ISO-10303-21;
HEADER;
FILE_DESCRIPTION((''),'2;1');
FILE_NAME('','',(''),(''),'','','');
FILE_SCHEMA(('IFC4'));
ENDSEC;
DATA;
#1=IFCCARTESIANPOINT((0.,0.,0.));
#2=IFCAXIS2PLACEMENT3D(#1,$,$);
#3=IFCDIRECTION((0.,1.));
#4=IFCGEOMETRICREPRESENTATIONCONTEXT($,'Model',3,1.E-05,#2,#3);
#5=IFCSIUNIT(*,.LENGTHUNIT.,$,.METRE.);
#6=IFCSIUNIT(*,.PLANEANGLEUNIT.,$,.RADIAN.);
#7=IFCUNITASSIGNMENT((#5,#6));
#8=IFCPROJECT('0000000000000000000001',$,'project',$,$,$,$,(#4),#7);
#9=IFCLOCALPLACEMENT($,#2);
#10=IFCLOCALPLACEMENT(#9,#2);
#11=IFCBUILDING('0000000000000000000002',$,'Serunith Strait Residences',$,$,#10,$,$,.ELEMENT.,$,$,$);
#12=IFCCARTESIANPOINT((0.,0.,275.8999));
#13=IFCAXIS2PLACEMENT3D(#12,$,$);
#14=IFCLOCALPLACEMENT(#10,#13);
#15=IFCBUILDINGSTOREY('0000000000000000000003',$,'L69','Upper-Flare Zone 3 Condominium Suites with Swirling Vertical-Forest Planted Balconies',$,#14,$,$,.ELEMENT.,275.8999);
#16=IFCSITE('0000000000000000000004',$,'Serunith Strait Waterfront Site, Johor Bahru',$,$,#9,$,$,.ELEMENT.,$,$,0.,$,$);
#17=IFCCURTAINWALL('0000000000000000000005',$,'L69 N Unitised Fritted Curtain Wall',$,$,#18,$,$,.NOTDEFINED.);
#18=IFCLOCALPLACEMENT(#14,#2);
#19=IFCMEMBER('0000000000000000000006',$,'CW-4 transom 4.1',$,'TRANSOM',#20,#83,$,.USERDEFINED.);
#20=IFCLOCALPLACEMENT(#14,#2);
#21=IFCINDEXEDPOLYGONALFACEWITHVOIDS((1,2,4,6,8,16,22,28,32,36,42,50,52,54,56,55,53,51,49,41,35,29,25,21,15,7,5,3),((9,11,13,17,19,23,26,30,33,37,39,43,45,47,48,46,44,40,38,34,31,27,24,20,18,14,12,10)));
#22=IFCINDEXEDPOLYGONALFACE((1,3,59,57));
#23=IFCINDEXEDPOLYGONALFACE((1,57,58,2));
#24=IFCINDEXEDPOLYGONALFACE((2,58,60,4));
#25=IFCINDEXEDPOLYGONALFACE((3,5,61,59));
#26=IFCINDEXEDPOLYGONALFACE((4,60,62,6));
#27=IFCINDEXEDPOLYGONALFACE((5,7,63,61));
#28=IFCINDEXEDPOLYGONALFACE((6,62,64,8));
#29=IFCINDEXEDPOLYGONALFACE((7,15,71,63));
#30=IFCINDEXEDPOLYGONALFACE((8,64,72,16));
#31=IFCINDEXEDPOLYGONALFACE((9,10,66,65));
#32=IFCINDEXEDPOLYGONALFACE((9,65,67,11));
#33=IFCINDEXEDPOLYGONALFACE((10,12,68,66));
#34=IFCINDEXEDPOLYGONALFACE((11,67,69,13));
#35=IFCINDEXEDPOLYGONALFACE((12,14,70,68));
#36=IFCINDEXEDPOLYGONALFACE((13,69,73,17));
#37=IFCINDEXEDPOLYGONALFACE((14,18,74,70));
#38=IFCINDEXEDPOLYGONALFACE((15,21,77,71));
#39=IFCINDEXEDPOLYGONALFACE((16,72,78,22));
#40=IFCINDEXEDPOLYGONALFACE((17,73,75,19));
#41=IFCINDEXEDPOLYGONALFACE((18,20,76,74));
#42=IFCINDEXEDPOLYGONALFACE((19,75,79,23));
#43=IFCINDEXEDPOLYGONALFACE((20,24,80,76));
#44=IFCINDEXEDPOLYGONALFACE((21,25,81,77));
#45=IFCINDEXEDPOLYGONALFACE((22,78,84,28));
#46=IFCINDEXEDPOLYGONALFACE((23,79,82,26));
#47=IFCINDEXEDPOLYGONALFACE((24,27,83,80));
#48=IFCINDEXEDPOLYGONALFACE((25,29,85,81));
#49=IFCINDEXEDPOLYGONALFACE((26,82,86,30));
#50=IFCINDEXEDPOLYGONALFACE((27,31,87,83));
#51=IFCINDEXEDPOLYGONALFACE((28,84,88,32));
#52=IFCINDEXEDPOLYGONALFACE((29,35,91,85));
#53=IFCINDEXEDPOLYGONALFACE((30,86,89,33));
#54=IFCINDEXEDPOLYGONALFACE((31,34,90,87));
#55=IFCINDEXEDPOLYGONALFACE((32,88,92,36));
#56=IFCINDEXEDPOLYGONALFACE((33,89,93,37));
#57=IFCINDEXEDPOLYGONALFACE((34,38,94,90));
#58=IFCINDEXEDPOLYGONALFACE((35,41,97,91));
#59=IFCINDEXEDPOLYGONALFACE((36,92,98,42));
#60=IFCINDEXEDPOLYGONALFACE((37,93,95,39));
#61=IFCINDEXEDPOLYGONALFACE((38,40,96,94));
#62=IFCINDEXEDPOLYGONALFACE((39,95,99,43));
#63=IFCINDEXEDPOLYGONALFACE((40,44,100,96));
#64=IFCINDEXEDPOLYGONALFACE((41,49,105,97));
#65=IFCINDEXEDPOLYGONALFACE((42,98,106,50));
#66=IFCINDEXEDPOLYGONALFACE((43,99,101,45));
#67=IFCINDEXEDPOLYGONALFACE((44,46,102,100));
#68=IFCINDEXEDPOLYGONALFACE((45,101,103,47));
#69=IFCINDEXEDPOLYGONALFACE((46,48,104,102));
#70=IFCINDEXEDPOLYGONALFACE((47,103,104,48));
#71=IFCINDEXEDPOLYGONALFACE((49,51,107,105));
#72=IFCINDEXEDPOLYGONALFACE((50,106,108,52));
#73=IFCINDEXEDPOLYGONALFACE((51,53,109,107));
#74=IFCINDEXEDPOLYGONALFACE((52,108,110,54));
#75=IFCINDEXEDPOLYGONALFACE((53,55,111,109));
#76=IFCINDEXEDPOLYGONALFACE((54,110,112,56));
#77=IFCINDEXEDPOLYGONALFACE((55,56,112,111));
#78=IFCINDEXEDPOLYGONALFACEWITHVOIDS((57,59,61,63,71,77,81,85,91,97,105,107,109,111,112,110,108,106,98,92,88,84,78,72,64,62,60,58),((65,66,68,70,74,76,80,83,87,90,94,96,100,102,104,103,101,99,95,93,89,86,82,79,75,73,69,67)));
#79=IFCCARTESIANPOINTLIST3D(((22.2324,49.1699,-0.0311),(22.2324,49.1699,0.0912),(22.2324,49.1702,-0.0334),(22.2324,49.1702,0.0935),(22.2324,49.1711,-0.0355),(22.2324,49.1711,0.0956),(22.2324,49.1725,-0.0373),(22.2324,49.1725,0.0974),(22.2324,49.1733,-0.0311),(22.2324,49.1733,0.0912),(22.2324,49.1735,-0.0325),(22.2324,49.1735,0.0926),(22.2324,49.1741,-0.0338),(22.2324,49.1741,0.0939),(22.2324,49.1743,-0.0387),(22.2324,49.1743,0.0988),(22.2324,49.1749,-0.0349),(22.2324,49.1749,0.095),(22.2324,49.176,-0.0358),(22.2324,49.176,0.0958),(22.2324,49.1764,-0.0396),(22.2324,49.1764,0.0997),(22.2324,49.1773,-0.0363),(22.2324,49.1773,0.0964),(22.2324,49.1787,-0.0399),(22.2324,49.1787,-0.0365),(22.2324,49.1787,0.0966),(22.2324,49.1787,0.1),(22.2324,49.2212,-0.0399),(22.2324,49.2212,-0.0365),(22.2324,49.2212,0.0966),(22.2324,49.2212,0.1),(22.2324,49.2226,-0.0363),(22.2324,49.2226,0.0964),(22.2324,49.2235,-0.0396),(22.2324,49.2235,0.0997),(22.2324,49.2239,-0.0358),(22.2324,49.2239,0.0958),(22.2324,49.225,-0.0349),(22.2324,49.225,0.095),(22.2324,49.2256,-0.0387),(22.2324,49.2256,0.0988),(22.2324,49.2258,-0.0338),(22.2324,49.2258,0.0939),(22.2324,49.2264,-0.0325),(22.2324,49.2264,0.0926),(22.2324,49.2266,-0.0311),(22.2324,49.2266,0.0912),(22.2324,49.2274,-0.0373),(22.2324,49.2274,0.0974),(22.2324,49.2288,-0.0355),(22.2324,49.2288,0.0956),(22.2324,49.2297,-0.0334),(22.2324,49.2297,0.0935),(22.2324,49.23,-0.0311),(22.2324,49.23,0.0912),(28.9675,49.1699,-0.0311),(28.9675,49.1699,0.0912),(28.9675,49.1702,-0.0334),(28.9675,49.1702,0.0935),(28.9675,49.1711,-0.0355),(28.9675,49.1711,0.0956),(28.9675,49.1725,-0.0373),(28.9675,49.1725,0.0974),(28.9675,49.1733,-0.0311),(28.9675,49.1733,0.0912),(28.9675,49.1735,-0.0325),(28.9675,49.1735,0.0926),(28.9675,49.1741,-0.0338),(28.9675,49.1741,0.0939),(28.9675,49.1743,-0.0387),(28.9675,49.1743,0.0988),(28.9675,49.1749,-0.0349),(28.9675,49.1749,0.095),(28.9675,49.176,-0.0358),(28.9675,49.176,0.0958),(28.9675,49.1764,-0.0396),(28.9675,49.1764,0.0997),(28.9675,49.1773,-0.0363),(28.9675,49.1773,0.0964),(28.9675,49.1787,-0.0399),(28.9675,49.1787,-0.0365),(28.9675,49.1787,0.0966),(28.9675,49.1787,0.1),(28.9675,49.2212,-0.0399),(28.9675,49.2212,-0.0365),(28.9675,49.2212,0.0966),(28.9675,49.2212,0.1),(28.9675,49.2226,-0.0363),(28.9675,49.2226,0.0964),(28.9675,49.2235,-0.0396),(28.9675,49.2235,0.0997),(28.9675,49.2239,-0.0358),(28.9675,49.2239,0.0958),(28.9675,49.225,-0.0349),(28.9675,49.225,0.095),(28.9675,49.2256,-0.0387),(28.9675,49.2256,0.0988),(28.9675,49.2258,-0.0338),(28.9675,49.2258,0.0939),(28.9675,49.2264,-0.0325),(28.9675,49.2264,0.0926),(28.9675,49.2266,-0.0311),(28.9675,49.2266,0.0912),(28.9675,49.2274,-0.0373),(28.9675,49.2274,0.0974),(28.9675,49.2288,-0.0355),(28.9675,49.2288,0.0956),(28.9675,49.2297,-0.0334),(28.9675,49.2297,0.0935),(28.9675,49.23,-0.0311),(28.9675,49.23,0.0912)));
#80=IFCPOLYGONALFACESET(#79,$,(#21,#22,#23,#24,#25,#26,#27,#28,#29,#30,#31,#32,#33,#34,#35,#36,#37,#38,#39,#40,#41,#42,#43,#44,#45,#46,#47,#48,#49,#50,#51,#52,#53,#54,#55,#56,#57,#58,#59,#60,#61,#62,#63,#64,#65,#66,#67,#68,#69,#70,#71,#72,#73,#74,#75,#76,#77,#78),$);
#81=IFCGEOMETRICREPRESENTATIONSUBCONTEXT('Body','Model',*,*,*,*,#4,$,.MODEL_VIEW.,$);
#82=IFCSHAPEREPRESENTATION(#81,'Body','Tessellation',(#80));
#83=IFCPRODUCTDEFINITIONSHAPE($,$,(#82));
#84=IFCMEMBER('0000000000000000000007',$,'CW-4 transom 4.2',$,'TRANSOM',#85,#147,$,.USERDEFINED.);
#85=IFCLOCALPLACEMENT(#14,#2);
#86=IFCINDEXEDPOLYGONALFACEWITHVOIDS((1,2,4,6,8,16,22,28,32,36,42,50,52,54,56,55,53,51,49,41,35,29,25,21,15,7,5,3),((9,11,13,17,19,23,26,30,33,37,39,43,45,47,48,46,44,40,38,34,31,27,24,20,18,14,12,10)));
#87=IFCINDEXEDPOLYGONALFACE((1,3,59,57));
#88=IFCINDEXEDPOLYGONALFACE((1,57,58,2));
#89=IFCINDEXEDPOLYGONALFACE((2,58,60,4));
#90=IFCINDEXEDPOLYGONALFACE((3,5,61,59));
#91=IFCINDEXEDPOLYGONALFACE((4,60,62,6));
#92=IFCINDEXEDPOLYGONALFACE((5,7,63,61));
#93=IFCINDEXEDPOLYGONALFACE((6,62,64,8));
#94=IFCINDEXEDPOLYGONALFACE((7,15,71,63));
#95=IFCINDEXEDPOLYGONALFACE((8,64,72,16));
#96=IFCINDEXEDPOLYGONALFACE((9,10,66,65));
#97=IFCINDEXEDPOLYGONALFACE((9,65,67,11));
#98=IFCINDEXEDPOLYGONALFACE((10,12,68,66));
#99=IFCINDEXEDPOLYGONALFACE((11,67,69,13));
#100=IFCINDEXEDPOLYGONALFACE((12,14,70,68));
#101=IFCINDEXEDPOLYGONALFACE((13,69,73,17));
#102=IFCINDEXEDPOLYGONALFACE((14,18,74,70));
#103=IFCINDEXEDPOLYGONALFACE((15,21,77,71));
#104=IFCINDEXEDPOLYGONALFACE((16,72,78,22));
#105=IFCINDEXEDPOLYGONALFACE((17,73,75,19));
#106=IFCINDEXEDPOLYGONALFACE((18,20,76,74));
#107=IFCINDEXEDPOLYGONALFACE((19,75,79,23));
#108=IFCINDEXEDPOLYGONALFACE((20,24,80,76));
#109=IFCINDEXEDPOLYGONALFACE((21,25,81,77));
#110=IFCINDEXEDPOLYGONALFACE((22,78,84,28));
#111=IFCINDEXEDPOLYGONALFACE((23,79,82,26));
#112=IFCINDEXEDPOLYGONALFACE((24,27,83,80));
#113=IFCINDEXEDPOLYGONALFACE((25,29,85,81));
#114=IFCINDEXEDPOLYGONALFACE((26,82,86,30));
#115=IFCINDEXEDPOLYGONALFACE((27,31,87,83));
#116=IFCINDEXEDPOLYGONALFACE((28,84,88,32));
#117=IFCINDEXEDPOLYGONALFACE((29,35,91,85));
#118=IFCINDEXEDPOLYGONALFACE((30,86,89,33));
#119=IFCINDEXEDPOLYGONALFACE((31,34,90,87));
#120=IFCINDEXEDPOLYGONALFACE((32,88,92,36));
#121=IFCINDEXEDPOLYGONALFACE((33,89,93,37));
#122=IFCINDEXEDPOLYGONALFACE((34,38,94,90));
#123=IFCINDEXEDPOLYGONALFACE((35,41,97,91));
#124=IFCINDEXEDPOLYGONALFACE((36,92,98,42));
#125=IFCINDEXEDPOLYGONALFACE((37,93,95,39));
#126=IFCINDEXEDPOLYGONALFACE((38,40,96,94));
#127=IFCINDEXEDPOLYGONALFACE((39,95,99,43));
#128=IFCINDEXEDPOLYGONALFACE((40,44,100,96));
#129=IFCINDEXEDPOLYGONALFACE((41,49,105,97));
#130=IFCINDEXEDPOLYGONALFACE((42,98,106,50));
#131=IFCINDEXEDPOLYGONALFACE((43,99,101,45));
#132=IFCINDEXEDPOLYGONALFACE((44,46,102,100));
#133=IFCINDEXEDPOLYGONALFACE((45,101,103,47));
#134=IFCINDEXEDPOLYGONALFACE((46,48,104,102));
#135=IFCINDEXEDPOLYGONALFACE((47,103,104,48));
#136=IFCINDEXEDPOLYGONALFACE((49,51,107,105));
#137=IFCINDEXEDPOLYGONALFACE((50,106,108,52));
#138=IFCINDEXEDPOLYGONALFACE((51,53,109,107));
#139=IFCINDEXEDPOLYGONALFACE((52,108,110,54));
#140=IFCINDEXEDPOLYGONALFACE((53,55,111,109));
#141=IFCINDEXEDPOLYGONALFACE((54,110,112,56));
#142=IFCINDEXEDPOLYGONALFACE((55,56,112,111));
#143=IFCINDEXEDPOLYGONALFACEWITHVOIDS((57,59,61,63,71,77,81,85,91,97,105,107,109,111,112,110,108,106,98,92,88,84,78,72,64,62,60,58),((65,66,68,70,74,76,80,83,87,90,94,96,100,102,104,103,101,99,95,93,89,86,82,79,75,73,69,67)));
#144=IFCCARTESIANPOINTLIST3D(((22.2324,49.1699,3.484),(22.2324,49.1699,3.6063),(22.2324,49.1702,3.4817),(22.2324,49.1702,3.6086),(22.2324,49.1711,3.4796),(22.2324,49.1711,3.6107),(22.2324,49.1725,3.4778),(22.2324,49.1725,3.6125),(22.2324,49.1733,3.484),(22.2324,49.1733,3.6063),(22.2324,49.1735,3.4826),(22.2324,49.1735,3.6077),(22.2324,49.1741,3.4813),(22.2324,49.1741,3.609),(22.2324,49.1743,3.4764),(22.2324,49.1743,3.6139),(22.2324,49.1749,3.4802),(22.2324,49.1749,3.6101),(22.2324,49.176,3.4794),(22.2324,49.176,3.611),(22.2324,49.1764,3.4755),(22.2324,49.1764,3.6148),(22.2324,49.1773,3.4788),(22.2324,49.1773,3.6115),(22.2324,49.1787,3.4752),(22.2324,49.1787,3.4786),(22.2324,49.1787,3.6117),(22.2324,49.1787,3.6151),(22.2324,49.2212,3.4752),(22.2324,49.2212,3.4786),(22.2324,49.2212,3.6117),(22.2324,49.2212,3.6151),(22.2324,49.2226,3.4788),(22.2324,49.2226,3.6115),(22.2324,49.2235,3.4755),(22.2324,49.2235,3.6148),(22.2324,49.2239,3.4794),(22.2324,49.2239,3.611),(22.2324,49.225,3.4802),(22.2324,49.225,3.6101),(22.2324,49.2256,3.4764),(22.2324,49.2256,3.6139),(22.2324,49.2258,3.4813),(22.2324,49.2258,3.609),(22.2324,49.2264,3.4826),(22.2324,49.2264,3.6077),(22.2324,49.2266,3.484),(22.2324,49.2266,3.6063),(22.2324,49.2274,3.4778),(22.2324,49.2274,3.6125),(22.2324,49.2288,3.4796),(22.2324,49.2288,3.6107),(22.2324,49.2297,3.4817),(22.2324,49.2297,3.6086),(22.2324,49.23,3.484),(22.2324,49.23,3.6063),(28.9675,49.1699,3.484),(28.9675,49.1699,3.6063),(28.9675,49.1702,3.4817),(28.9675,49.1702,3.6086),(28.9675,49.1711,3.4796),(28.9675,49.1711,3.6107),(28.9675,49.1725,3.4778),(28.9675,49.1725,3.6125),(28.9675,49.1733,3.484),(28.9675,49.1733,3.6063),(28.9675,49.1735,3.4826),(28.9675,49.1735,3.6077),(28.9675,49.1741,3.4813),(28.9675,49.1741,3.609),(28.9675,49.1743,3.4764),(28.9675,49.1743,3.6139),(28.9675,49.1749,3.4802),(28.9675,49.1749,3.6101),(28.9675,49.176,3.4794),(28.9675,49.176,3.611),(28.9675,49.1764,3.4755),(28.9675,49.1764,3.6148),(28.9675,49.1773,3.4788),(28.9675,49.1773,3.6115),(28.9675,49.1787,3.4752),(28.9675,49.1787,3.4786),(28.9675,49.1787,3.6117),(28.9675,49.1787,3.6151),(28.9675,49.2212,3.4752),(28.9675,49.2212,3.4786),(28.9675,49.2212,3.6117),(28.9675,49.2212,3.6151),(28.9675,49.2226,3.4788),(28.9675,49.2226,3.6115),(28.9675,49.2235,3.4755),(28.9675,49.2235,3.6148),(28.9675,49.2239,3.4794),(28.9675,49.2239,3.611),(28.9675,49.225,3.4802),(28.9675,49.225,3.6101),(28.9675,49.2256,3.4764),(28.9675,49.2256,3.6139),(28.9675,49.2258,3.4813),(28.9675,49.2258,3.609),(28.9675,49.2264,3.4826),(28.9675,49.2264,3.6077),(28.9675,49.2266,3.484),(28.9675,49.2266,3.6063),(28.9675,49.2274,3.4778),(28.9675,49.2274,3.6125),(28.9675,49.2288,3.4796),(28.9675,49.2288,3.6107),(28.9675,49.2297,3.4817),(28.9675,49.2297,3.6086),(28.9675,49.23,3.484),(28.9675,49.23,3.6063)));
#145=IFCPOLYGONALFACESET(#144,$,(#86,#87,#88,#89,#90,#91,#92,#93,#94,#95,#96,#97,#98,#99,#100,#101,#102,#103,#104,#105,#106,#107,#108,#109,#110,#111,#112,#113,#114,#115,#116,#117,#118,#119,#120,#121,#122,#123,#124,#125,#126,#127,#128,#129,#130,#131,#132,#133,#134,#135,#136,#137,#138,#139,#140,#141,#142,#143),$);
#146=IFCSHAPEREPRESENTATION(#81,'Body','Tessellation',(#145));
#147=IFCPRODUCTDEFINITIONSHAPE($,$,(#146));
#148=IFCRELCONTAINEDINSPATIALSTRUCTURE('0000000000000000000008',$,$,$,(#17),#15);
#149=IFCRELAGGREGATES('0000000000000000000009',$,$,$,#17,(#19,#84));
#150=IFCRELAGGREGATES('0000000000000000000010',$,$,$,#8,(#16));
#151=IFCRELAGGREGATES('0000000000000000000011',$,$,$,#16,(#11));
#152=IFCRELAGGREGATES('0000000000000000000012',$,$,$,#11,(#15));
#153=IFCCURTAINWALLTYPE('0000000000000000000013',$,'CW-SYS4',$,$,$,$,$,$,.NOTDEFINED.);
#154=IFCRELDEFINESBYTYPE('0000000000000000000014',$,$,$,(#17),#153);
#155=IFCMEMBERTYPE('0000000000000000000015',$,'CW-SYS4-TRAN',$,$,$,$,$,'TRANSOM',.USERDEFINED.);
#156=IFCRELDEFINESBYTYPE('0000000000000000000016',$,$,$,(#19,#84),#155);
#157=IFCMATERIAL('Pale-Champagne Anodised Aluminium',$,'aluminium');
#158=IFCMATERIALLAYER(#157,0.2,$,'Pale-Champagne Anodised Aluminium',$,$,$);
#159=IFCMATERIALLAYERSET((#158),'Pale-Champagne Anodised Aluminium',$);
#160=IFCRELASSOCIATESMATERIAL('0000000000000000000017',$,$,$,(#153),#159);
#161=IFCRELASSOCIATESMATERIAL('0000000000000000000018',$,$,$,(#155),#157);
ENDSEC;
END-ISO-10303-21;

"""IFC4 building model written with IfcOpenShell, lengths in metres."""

from ifc_helpers import new_model, si_unit, direction, frame, origin, origin_2d, place, context, subcontext, project, spatial, hollow_rectangle, extrude, source, transform, mapped, material, layer, layer_set, material_profile, profile_set, type_object, element, aggregate, save


model = new_model("IFC4")

# Units and contexts
model_context = context("Model", 3, precision=1e-05, world=origin(), true_north=direction((0.0, 1.0)))
body_context = subcontext(model_context, "Body", "Model", "MODEL_VIEW")
ifc_project = project(units=[si_unit("LENGTHUNIT", "METRE"), si_unit("PLANEANGLEUNIT", "RADIAN")], contexts=[model_context])

# Site, building, storey
site_placement = place(None, origin())
site = spatial("IfcSite", under=ifc_project, at=site_placement, Name="Serunith Strait Waterfront Site, Johor Bahru", CompositionType="ELEMENT", RefElevation=0.0)
building_placement = place(site_placement, origin())
building = spatial("IfcBuilding", under=site, at=building_placement, Name="Serunith Strait Residences", CompositionType="ELEMENT")
storey_placement = place(building_placement, frame((0.0, 0.0, 275.8999)))
storey = spatial("IfcBuildingStorey", under=building, at=storey_placement, Name="L69", Description="Upper-Flare Zone 3 Condominium Suites with Swirling Vertical-Forest Planted Balconies", CompositionType="ELEMENT", Elevation=275.8999)

# Curtain wall, members
ifc_material_1 = material(Name="Pale-Champagne Anodised Aluminium", Category="aluminium")
ifc_layer_1 = layer(ifc_material_1, 0.2, Name="Pale-Champagne Anodised Aluminium")
ifc_layer_set_1 = layer_set([ifc_layer_1], Name="Pale-Champagne Anodised Aluminium")
curtain_wall_type = type_object("IfcCurtainWallType", Name="CW-SYS4", PredefinedType="NOTDEFINED", material=ifc_layer_set_1)
curtain_wall_placement = place(storey_placement, origin())
curtain_wall = element("IfcCurtainWall", 1, at=curtain_wall_placement, inside=storey, type_object=curtain_wall_type, Name="L69 N Unitised Fritted Curtain Wall", PredefinedType="NOTDEFINED")
ifc_material_profile_1 = material_profile(ifc_material_1, hollow_rectangle(XDim=0.0601, YDim=0.1399, WallThickness=0.0034, InnerFilletRadius=0.0054, OuterFilletRadius=0.0088, at=origin_2d()), Name="ALU 140x60x3.5")
ifc_profile_set_1 = profile_set([ifc_material_profile_1], Name="Pale-Champagne Anodised Aluminium")
member_type_1 = type_object("IfcMemberType", Name="CW-SYS4-TRAN", ElementType="TRANSOM", PredefinedType="USERDEFINED", material=ifc_profile_set_1)
shared_shape_1 = source(origin(), body_context, "Body", "SweptSolid", [
    extrude(hollow_rectangle(XDim=0.0601, YDim=0.1399, WallThickness=0.0034, InnerFilletRadius=0.0054, OuterFilletRadius=0.0088, at=origin_2d()), origin(), (0.0, 0.0, 1.0), 6.7351),
])
member_1_placement = place(storey_placement, frame((28.9675, 49.2, 0.03), z_axis=(-1.0, 0.0, 0.0), x_axis=(0.0, -1.0, 0.0)))
member_1 = element("IfcMember", 2, at=member_1_placement, type_object=member_type_1, Name="CW-4 transom 4.1", ObjectType="TRANSOM", PredefinedType="USERDEFINED", context=body_context, shape_type="MappedRepresentation", body=[
    mapped(shared_shape_1, transform((0.0, 0.0, 0.0), scale=1.0)),
])
member_2_placement = place(storey_placement, frame((28.9675, 49.2, 3.5452), z_axis=(-1.0, 0.0, 0.0), x_axis=(0.0, -1.0, 0.0)))
member_2 = element("IfcMember", 3, at=member_2_placement, type_object=member_type_1, Name="CW-4 transom 4.2", ObjectType="TRANSOM", PredefinedType="USERDEFINED", context=body_context, shape_type="MappedRepresentation", body=[
    mapped(shared_shape_1, transform((0.0, 0.0, 0.0), scale=1.0)),
])
aggregate(curtain_wall, [member_1, member_2])

save(model, "model.ifc")
